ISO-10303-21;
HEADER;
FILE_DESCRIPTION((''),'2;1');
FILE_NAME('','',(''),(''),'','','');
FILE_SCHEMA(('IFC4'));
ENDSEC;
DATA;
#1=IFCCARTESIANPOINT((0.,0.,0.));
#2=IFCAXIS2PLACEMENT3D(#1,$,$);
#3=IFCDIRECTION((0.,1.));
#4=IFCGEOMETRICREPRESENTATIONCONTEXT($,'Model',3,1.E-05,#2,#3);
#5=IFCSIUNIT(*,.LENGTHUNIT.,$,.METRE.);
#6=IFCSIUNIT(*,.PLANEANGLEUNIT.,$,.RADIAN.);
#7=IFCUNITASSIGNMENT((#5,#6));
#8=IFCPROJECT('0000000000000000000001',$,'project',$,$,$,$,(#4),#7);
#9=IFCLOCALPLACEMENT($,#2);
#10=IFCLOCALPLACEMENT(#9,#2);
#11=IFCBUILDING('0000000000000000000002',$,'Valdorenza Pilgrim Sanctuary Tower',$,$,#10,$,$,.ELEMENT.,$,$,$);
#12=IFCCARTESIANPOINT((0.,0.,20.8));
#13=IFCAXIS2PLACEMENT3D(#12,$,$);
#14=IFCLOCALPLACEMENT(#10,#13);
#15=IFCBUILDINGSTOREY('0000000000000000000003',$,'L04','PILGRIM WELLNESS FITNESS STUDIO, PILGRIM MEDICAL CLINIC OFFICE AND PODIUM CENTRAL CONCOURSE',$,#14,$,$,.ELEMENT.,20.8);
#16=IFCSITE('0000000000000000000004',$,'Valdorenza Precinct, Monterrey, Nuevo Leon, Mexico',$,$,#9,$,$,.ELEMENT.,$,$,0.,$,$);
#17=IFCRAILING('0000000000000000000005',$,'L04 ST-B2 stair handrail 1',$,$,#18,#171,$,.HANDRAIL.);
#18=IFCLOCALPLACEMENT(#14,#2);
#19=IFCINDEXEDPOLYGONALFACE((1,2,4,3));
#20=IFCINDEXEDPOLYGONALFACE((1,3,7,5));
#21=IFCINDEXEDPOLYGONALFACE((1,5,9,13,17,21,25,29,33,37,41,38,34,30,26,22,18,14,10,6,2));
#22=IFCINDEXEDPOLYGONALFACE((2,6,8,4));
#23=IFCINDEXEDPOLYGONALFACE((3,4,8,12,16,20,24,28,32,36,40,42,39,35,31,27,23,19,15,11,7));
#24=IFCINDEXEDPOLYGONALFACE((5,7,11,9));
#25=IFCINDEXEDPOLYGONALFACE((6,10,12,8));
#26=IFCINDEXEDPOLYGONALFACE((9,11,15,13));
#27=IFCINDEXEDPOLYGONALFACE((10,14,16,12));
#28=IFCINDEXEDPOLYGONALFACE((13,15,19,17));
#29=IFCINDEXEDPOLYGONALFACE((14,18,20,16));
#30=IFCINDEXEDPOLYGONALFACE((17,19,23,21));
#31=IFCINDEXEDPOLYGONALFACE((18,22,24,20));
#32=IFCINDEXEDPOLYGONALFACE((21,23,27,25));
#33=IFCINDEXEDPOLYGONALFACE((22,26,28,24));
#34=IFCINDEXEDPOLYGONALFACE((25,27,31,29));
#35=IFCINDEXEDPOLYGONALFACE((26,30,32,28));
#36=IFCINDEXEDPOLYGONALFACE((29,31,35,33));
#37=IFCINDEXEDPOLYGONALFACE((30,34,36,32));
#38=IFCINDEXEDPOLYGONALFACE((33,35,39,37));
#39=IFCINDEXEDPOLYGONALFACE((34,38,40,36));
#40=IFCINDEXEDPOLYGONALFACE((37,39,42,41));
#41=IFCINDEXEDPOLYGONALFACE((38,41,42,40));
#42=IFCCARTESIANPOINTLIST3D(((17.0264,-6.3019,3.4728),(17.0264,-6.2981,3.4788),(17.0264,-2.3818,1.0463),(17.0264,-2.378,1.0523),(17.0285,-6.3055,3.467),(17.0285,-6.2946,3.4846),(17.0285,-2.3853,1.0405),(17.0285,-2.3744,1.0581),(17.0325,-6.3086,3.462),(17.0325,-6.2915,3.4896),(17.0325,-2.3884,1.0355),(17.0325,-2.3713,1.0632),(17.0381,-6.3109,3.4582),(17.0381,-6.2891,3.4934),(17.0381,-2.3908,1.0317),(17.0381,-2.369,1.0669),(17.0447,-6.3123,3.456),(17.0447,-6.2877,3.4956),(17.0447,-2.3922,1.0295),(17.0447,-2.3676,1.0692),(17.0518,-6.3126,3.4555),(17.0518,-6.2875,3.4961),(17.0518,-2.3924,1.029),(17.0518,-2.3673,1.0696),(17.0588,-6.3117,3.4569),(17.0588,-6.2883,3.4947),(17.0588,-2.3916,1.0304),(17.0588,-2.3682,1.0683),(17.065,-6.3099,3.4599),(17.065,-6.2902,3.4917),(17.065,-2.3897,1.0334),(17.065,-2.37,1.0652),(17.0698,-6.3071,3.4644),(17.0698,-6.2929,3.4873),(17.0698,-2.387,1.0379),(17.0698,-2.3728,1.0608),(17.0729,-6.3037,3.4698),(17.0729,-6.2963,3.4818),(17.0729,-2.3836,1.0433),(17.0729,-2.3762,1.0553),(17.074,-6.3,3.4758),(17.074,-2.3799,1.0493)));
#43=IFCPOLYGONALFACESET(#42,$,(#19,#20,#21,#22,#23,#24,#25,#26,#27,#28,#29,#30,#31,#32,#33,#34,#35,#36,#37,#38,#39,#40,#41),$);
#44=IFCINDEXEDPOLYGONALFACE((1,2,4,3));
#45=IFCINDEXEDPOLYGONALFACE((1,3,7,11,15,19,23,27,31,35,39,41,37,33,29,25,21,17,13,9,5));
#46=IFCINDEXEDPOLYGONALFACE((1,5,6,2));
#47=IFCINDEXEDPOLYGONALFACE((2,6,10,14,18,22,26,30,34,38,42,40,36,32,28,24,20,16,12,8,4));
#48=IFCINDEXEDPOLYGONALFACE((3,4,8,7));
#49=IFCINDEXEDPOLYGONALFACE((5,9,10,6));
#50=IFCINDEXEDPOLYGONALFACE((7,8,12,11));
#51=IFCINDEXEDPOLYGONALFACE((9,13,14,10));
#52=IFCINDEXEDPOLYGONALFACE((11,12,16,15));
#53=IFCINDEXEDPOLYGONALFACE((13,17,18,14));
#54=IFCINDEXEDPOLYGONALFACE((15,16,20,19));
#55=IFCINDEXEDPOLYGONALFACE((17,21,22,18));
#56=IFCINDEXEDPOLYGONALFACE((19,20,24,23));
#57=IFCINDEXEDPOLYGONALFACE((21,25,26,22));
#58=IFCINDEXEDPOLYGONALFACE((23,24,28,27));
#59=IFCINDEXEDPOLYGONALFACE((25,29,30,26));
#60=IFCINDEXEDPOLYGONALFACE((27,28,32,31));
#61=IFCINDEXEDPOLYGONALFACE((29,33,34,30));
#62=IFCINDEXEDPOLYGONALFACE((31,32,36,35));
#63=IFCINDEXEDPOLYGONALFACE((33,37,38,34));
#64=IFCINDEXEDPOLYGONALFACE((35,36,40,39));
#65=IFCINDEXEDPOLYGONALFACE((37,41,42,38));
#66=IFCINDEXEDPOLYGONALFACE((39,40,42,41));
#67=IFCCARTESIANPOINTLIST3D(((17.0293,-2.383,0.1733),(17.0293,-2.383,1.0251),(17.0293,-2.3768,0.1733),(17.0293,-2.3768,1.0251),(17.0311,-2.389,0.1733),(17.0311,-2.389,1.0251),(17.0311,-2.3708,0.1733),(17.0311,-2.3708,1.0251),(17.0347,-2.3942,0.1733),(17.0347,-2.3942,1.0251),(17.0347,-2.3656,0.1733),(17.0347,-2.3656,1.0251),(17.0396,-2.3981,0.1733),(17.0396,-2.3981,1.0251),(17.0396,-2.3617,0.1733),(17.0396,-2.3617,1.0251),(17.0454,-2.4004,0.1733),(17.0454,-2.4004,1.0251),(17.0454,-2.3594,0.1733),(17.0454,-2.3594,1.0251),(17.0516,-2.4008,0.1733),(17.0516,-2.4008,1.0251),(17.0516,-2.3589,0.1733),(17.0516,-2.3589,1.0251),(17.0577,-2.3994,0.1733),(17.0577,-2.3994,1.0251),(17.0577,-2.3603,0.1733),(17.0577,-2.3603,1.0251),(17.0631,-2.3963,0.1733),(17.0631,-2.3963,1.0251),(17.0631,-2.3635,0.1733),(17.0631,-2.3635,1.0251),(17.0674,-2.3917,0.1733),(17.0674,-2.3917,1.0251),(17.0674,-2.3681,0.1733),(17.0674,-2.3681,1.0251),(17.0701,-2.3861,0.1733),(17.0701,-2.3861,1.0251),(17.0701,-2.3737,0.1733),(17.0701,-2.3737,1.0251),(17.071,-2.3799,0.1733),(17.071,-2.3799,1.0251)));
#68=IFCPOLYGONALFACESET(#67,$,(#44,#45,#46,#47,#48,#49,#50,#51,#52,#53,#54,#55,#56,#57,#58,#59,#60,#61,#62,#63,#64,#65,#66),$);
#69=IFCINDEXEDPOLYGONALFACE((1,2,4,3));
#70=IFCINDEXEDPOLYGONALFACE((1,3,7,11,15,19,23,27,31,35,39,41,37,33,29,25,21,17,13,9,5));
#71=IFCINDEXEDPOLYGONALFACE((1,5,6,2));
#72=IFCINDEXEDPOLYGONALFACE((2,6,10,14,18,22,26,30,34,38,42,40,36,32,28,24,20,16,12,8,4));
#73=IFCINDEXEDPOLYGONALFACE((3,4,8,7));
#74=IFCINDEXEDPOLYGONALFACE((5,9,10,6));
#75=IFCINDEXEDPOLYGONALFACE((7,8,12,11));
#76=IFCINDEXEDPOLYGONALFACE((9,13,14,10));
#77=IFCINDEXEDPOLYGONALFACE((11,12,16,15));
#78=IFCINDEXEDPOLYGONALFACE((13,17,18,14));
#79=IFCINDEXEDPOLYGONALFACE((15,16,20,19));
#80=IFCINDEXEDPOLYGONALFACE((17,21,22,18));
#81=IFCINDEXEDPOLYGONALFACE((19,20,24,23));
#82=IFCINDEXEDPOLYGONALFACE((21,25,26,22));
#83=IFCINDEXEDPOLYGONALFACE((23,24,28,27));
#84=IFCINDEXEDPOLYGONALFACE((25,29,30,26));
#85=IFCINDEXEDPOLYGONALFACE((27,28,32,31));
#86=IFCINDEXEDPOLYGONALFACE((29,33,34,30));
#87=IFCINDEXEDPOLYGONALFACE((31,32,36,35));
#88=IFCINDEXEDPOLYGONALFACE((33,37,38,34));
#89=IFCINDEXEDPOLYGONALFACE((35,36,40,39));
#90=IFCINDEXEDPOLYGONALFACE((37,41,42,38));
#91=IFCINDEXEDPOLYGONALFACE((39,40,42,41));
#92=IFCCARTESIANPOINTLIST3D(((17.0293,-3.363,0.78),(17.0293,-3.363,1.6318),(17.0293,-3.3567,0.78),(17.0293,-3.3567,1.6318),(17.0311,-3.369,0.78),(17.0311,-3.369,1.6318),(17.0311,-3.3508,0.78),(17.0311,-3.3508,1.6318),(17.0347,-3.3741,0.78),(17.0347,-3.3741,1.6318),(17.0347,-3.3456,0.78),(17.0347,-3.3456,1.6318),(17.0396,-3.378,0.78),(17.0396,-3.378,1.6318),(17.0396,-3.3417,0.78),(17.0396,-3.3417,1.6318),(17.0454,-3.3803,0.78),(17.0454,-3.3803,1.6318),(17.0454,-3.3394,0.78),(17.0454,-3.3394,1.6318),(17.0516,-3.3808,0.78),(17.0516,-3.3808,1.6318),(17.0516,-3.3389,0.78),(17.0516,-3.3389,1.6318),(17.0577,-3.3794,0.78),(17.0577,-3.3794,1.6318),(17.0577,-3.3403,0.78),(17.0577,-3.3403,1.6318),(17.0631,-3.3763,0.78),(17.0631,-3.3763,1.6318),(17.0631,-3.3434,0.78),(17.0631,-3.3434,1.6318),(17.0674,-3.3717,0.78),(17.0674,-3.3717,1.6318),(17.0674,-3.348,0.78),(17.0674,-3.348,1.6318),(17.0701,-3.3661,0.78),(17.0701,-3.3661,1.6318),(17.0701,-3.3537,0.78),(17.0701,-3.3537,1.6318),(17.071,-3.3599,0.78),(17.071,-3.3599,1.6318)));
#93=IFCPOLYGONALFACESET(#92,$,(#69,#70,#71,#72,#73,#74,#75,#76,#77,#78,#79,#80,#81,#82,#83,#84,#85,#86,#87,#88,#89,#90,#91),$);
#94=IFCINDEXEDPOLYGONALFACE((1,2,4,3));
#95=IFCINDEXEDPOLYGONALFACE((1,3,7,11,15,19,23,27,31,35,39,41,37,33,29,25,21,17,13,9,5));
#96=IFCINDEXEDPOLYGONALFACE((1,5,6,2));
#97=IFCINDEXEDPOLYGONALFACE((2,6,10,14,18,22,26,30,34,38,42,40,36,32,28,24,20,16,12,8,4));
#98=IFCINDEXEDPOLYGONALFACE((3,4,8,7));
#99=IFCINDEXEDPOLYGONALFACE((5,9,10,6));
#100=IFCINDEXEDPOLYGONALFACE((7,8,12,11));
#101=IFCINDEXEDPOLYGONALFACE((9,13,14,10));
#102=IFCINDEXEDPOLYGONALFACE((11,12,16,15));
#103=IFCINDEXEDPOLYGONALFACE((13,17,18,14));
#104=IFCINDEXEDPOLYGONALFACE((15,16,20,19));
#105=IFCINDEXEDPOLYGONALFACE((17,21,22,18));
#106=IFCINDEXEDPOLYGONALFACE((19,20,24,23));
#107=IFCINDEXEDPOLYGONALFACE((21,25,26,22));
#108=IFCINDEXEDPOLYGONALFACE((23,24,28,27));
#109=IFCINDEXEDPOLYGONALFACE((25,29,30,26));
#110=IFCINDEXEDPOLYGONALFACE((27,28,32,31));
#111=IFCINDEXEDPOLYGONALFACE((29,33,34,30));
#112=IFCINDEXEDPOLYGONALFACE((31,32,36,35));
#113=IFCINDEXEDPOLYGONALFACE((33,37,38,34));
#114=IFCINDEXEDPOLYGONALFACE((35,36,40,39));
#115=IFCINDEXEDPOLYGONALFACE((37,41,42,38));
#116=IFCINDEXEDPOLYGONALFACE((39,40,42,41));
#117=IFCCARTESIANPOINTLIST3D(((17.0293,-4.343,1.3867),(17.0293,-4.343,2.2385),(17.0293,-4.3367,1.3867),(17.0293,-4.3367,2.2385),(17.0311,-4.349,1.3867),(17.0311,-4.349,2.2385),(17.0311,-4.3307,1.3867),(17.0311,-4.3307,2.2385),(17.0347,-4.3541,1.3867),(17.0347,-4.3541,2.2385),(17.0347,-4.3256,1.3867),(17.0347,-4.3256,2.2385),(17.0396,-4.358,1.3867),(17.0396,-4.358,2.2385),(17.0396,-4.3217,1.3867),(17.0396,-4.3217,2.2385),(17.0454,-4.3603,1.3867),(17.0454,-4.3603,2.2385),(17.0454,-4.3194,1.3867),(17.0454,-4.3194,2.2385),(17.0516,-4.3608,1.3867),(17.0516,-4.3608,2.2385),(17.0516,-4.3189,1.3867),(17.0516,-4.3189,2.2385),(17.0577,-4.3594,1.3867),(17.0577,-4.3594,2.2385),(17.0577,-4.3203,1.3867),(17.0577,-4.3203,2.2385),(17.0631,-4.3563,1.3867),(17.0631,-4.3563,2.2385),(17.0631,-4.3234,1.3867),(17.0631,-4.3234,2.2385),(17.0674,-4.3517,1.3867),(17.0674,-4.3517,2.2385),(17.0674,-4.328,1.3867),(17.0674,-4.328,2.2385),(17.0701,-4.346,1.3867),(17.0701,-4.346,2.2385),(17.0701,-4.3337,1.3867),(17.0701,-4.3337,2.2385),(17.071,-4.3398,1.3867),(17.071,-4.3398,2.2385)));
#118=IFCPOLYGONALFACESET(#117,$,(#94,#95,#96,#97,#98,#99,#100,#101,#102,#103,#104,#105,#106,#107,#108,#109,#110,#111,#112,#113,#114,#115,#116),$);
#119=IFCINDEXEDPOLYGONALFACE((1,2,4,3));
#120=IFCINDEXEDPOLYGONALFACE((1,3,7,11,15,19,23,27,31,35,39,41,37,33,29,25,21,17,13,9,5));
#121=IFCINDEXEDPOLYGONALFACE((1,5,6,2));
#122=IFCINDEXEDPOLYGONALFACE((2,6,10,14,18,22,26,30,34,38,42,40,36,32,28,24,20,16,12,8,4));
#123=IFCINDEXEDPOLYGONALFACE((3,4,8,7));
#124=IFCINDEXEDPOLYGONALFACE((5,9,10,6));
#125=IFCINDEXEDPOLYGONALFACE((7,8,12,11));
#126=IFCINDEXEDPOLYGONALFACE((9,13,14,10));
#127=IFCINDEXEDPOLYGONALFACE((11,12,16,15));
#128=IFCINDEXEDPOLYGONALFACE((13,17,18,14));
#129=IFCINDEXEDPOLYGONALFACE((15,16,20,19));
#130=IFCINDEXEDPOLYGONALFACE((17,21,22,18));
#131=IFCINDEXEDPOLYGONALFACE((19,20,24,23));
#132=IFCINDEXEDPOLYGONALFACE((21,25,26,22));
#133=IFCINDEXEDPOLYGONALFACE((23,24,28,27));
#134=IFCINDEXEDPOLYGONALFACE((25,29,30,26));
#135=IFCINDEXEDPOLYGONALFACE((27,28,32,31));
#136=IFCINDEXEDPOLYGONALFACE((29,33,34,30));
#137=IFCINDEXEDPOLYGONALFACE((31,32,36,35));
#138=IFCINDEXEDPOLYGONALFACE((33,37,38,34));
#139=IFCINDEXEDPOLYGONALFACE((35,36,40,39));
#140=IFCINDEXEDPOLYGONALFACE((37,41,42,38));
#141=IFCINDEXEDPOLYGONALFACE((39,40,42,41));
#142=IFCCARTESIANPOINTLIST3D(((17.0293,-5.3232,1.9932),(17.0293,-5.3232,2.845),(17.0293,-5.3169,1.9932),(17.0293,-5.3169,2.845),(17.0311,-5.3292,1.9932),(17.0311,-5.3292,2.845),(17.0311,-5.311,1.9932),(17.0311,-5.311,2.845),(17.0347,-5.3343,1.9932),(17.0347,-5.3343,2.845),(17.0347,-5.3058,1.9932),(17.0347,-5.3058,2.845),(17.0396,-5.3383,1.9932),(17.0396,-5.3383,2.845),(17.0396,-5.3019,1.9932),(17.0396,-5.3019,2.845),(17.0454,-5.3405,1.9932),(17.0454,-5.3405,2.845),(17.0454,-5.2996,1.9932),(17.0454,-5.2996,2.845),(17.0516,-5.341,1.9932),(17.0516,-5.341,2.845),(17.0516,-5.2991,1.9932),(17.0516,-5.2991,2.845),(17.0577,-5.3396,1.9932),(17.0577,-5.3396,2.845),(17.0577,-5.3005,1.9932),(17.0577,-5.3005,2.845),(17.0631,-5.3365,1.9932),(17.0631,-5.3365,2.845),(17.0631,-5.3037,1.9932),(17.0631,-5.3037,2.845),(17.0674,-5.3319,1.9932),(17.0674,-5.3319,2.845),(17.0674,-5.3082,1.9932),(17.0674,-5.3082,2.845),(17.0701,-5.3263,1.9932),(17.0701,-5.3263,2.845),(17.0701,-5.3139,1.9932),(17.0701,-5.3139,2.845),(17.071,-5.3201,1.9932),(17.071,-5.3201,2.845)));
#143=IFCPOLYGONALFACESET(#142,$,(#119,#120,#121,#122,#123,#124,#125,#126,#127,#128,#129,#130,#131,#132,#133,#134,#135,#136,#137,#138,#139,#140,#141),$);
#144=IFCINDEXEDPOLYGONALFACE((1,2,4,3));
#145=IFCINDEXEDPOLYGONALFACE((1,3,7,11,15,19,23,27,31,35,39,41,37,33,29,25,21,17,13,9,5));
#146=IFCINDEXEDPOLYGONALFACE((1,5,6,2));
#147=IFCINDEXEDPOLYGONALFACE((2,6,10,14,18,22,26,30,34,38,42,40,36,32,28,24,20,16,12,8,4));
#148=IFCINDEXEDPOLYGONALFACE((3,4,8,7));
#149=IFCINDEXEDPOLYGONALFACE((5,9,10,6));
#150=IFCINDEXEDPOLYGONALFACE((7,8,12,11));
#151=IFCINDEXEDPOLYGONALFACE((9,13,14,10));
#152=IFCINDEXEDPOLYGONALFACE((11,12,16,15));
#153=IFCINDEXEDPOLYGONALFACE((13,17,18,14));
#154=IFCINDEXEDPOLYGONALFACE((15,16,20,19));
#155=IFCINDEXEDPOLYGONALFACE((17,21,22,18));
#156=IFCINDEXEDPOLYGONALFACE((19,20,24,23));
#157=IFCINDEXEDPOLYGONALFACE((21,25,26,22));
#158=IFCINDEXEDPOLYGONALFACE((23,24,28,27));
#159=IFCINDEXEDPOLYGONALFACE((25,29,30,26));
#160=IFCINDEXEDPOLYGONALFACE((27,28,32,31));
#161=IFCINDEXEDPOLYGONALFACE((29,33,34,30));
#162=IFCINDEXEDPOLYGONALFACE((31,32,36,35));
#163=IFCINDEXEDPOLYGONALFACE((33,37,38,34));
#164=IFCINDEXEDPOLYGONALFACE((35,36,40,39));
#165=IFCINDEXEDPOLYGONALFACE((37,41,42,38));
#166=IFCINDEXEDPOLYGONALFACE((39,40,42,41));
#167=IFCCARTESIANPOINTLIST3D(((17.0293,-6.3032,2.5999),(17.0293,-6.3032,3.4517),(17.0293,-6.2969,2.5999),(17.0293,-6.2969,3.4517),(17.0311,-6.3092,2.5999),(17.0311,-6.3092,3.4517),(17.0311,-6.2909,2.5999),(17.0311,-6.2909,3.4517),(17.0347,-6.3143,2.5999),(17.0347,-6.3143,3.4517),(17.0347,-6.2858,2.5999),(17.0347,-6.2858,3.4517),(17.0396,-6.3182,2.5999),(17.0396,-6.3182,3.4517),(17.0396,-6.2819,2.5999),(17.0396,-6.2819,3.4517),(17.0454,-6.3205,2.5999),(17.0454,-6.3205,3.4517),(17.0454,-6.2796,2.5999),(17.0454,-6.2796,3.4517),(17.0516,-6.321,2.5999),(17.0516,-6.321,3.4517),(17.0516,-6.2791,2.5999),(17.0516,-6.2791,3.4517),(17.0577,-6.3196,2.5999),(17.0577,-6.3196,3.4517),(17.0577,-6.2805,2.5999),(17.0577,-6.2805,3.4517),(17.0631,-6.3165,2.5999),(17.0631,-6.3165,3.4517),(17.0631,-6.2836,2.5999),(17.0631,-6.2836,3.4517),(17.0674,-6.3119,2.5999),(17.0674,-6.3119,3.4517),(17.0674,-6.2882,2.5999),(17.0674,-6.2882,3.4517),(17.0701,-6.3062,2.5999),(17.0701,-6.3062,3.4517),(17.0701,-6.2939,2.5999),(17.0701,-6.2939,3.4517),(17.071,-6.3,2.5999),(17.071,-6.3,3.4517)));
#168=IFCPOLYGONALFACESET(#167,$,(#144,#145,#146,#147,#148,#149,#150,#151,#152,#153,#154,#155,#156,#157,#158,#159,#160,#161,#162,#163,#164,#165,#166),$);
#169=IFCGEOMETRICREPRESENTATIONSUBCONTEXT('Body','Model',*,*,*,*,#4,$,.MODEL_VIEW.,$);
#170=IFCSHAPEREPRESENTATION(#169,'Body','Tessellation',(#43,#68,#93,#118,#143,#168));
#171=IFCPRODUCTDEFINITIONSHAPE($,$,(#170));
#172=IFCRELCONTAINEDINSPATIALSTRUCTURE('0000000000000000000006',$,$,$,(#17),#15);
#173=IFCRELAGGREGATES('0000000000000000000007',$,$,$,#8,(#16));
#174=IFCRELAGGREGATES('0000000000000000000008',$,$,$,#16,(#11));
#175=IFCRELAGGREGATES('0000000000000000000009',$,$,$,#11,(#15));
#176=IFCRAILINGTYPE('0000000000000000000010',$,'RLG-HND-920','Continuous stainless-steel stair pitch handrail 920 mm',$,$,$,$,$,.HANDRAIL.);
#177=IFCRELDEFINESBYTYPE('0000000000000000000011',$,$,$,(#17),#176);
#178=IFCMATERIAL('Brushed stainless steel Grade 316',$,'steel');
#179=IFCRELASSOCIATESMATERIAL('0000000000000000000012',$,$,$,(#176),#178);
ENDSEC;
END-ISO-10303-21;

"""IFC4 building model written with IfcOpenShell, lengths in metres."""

from ifc_helpers import new_model, si_unit, direction, frame, origin, origin_2d, place, context, subcontext, project, spatial, circle, extrude, material, type_object, element, save


model = new_model("IFC4")

# Units and contexts
model_context = context("Model", 3, precision=1e-05, world=origin(), true_north=direction((0.0, 1.0)))
body_context = subcontext(model_context, "Body", "Model", "MODEL_VIEW")
ifc_project = project(units=[si_unit("LENGTHUNIT", "METRE"), si_unit("PLANEANGLEUNIT", "RADIAN")], contexts=[model_context])

# Site, building, storey
site_placement = place(None, origin())
site = spatial("IfcSite", under=ifc_project, at=site_placement, Name="Valdorenza Precinct, Monterrey, Nuevo Leon, Mexico", CompositionType="ELEMENT", RefElevation=0.0)
building_placement = place(site_placement, origin())
building = spatial("IfcBuilding", under=site, at=building_placement, Name="Valdorenza Pilgrim Sanctuary Tower", CompositionType="ELEMENT")
storey_placement = place(building_placement, frame((0.0, 0.0, 20.8)))
storey = spatial("IfcBuildingStorey", under=building, at=storey_placement, Name="L04", Description="PILGRIM WELLNESS FITNESS STUDIO, PILGRIM MEDICAL CLINIC OFFICE AND PODIUM CENTRAL CONCOURSE", CompositionType="ELEMENT", Elevation=20.8)

# Railing
ifc_material_1 = material(Name="Brushed stainless steel Grade 316", Category="steel")
railing_type_1 = type_object("IfcRailingType", Name="RLG-HND-920", Description="Continuous stainless-steel stair pitch handrail 920 mm", PredefinedType="HANDRAIL", material=ifc_material_1)
railing_1_placement = place(storey_placement, frame((17.05, -2.3799, 0.1733)))
element("IfcRailing", 1, at=railing_1_placement, inside=storey, type_object=railing_type_1, Name="L04 ST-B2 stair handrail 1", PredefinedType="HANDRAIL", context=body_context, shape_type="SweptSolid", body=[
    extrude(circle(Radius=0.0239, at=origin_2d()), frame((0.0, 0.0, 0.876), z_axis=(0.0, -0.85029, 0.526315), x_axis=(1.0, 0.0, 0.0)), (0.0, 0.0, 1.0), 4.6104),
    extrude(circle(Radius=0.021, at=origin_2d()), origin(), (0.0, 0.0, 1.0), 0.8518),
    extrude(circle(Radius=0.021, at=origin_2d()), frame((0.0, -0.98, 0.6067)), (0.0, 0.0, 1.0), 0.8518),
    extrude(circle(Radius=0.021, at=origin_2d()), frame((0.0, -1.96, 1.2134)), (0.0, 0.0, 1.0), 0.8518),
    extrude(circle(Radius=0.021, at=origin_2d()), frame((0.0, -2.9402, 1.8198)), (0.0, 0.0, 1.0), 0.8518),
    extrude(circle(Radius=0.021, at=origin_2d()), frame((0.0, -3.9202, 2.4265)), (0.0, 0.0, 1.0), 0.8518),
])

save(model, "model.ifc")
